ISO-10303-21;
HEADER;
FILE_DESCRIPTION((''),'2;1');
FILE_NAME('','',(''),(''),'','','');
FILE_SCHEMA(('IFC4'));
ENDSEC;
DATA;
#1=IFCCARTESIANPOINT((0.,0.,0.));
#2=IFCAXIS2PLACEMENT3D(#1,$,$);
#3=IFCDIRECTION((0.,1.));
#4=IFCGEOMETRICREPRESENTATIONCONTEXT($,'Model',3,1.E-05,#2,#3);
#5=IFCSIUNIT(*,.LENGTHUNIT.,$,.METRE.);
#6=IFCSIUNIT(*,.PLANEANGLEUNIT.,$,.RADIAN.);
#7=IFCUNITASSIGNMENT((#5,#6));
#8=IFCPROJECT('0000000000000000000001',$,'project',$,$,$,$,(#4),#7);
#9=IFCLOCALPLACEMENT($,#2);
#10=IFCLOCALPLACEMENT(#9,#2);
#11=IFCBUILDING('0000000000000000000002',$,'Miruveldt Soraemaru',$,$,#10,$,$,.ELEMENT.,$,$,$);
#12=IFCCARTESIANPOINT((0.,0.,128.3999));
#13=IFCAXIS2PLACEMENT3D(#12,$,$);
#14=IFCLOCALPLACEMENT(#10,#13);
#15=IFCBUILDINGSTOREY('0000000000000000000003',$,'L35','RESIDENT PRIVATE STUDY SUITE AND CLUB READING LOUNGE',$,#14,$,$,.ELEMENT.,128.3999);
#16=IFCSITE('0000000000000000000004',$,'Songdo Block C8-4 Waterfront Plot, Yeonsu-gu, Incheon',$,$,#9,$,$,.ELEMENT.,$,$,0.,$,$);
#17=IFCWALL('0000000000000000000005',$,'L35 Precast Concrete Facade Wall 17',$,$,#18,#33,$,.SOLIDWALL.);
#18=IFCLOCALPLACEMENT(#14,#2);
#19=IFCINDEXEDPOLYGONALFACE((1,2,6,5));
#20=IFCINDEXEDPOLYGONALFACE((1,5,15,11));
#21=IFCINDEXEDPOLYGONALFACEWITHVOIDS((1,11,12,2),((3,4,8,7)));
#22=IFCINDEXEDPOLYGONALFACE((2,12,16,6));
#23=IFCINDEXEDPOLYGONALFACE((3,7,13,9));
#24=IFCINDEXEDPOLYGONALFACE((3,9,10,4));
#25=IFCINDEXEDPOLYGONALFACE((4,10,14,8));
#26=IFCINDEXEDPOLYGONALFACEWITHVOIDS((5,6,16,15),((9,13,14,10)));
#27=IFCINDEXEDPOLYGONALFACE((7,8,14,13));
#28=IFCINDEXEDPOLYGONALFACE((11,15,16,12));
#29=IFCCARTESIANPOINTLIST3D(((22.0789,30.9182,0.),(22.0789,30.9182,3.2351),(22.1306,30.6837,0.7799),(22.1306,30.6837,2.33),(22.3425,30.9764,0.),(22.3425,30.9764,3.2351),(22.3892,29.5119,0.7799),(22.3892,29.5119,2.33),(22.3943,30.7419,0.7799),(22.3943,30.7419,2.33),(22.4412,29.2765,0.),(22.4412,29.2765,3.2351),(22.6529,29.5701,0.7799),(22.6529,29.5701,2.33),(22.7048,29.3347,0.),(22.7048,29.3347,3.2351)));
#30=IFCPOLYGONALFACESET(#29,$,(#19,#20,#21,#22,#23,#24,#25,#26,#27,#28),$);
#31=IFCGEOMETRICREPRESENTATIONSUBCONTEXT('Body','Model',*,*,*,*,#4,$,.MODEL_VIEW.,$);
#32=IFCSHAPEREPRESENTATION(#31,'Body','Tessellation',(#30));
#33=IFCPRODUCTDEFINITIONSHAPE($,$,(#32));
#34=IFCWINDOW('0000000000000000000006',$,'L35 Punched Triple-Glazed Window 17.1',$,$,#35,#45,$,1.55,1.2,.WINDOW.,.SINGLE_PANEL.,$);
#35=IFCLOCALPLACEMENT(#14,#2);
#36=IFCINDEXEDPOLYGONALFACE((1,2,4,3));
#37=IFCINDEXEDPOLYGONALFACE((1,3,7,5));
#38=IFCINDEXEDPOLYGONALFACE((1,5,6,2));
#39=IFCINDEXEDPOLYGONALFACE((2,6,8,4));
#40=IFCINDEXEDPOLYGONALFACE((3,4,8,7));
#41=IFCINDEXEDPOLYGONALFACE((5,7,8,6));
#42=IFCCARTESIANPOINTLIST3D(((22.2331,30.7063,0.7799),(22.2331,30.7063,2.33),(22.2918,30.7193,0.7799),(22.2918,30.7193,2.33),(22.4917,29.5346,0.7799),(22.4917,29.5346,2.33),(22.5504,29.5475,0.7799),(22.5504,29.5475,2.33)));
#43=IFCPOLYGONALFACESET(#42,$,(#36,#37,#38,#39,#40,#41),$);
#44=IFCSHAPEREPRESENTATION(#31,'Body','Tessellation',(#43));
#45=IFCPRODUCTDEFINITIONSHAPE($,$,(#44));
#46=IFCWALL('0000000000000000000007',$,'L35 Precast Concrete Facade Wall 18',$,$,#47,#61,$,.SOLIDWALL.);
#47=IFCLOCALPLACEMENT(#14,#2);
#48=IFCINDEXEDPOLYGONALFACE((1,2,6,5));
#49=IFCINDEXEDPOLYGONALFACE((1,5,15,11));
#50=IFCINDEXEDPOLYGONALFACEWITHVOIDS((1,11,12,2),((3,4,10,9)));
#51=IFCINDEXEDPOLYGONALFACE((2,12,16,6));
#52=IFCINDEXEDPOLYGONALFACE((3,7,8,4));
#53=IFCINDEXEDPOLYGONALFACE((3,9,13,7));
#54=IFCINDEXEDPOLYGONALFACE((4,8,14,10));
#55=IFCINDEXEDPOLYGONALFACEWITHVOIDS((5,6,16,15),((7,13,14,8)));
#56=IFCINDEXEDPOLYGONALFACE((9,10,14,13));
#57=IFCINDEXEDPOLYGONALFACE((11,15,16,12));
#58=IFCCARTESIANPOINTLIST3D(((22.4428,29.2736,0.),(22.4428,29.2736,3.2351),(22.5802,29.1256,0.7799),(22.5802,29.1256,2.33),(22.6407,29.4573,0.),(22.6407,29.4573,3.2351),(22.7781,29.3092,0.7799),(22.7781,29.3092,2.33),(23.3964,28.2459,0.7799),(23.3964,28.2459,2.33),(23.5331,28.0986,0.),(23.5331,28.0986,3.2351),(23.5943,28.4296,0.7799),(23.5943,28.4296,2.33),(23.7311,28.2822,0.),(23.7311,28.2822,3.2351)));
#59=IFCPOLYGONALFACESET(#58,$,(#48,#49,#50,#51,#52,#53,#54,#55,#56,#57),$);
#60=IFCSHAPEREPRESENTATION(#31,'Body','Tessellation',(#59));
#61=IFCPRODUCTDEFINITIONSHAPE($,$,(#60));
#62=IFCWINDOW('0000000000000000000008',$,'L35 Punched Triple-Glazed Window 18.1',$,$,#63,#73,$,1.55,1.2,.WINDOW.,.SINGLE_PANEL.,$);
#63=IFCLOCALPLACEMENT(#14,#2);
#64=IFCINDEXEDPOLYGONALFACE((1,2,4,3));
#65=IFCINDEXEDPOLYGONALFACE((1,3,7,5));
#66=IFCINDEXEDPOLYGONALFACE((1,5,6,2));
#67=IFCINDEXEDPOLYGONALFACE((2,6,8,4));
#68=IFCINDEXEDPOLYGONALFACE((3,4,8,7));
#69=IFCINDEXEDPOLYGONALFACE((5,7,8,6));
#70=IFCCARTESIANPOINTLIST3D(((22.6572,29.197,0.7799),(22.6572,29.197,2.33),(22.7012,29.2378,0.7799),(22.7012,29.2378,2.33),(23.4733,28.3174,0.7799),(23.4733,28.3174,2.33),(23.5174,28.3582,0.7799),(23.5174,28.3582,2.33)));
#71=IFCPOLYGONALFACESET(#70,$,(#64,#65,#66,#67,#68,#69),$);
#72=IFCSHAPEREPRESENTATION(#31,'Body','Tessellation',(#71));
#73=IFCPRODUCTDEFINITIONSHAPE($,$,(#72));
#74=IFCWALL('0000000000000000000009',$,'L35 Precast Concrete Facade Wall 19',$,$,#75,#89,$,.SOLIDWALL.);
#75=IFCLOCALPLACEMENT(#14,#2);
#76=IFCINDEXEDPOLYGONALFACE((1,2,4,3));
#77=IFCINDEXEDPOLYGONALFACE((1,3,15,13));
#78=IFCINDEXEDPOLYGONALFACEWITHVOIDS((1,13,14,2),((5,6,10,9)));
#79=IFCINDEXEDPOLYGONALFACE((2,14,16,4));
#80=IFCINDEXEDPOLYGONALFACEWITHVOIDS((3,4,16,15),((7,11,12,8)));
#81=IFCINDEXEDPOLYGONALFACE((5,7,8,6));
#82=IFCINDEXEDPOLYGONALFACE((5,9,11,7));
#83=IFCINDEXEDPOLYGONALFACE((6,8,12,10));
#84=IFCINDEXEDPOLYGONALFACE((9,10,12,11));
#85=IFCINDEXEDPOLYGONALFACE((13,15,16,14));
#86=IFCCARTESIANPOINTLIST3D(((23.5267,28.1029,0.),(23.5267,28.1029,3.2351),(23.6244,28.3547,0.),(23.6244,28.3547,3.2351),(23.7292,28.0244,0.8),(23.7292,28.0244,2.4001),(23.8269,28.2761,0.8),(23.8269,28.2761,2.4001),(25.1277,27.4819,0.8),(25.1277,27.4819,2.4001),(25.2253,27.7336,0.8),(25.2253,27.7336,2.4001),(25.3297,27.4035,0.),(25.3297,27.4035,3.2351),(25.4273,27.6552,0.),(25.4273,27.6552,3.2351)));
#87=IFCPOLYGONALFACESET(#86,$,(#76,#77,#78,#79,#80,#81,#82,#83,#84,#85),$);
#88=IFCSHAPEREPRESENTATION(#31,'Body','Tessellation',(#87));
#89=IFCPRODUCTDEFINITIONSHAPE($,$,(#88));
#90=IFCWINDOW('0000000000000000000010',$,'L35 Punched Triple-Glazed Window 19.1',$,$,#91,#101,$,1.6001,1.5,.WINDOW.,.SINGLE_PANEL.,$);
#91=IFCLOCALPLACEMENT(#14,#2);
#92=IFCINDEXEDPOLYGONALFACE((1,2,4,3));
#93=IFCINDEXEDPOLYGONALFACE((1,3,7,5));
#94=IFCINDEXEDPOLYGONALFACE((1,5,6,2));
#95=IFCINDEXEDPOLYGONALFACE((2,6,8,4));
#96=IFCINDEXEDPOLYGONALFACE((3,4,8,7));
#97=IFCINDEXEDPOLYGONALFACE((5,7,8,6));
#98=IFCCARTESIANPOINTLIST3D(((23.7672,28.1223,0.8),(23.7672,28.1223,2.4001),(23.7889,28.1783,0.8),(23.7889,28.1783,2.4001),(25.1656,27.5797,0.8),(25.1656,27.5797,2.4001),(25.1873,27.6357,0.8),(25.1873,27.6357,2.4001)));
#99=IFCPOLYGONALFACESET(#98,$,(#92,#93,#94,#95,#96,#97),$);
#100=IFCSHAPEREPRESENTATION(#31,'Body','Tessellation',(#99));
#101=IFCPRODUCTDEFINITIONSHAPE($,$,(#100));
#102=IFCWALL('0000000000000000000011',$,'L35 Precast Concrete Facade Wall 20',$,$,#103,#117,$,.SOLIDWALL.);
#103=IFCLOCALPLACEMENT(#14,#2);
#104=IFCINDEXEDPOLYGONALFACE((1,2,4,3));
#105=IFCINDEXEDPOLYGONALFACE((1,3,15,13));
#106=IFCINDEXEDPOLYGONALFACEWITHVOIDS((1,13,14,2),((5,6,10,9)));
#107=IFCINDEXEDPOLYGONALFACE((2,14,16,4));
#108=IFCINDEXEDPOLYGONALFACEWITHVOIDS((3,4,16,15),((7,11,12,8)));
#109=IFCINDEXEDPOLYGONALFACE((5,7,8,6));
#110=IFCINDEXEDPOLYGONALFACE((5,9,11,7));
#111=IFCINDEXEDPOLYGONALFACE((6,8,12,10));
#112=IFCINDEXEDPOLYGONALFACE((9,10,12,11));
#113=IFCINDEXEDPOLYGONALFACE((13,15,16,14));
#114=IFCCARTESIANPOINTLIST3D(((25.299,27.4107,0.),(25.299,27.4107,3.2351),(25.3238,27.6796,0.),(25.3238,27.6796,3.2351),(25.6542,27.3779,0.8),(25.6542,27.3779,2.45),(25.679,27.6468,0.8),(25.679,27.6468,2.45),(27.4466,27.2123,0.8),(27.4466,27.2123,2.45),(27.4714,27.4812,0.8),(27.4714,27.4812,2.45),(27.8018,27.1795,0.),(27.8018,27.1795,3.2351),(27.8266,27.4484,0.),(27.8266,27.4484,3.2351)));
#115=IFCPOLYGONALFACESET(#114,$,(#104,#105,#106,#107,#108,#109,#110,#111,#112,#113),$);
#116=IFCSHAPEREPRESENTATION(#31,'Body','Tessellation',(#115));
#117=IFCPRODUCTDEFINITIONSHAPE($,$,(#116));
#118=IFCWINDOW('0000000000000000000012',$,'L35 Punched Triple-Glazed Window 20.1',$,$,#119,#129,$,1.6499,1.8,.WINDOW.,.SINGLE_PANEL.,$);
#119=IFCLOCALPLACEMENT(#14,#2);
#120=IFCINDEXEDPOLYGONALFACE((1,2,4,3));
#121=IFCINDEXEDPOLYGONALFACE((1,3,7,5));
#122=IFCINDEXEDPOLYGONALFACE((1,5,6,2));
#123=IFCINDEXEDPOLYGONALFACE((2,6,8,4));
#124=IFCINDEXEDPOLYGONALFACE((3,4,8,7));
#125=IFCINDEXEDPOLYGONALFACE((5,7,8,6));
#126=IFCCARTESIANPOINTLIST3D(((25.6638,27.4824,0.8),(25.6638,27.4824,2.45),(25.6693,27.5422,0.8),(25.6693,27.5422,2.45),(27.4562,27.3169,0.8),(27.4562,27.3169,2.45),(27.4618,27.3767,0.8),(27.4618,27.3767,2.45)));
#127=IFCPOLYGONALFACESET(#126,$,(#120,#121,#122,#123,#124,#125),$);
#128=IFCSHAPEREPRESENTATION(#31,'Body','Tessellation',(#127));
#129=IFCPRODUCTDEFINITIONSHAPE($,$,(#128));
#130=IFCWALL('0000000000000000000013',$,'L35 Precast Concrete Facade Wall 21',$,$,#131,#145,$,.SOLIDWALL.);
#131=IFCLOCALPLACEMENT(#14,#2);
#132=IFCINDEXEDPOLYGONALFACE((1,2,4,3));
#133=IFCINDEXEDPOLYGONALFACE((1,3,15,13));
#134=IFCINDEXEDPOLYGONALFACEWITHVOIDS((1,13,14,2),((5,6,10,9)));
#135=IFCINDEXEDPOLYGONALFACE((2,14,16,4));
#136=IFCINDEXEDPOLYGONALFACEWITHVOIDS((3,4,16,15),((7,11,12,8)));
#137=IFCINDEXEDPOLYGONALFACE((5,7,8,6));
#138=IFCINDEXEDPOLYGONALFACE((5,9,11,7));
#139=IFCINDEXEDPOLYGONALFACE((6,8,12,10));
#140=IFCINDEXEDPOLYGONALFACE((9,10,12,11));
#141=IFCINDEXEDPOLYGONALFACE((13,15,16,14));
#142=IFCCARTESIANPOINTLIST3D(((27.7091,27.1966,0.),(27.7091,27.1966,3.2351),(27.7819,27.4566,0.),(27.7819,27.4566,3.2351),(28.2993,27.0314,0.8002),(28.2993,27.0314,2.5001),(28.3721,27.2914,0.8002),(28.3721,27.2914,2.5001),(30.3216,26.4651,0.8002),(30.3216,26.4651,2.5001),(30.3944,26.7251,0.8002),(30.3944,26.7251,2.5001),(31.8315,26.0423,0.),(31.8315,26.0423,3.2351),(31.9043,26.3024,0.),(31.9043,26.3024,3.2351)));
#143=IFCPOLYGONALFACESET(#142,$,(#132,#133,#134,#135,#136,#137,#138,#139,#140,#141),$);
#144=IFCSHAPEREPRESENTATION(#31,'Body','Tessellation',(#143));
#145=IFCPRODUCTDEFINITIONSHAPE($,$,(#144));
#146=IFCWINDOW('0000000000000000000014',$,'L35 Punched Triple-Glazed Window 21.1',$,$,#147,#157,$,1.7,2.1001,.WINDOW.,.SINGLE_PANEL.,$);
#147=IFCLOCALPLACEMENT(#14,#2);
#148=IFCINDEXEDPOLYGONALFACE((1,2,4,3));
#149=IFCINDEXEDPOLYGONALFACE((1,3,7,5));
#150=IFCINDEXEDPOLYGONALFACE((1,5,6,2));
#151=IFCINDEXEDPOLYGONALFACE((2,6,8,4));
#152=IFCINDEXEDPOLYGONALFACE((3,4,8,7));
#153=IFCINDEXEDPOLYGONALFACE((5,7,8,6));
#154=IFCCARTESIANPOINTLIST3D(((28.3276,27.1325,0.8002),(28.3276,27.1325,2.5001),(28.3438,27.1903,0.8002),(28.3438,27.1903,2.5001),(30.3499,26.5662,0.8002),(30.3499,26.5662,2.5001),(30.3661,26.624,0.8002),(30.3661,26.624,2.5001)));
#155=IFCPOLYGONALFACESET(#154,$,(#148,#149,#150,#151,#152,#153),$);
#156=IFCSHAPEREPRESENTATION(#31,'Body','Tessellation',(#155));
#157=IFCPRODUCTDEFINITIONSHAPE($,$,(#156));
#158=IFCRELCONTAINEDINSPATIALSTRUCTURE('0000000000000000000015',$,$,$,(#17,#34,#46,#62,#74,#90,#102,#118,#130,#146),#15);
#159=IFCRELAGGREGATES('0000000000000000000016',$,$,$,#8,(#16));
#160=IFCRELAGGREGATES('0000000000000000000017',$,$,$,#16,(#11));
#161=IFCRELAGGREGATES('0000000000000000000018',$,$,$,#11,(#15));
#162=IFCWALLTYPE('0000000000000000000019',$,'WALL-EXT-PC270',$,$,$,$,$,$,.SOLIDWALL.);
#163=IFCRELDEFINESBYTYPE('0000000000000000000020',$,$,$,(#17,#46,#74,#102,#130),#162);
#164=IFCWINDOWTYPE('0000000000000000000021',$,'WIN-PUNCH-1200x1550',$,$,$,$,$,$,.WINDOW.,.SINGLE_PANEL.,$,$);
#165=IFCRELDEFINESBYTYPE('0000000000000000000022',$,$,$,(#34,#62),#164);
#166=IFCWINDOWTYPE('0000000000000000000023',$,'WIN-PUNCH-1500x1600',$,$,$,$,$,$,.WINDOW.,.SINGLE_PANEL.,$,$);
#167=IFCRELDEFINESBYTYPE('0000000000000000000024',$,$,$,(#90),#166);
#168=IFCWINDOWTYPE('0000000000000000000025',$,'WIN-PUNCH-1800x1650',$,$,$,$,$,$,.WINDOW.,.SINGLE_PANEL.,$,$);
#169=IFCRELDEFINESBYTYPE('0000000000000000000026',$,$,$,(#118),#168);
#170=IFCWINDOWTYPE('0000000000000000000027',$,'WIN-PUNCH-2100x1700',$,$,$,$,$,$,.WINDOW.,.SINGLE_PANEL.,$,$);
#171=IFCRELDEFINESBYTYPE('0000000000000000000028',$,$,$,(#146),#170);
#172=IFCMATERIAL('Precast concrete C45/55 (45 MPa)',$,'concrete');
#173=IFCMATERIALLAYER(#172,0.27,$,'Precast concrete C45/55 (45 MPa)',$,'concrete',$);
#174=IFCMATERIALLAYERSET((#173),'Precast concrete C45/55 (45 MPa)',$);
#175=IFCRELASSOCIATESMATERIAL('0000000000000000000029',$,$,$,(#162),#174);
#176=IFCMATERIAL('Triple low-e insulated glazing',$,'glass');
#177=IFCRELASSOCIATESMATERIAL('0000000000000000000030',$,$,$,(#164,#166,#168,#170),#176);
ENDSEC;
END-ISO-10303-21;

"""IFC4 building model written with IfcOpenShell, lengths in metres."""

from ifc_helpers import new_model, si_unit, direction, frame, frame_2d, origin, place, context, subcontext, project, spatial, rectangle, extrude, material, layer, layer_set, type_object, element, fill, save


model = new_model("IFC4")

# Units and contexts
model_context = context("Model", 3, precision=1e-05, world=origin(), true_north=direction((0.0, 1.0)))
body_context = subcontext(model_context, "Body", "Model", "MODEL_VIEW")
ifc_project = project(units=[si_unit("LENGTHUNIT", "METRE"), si_unit("PLANEANGLEUNIT", "RADIAN")], contexts=[model_context])

# Site, building, storey
site_placement = place(None, origin())
site = spatial("IfcSite", under=ifc_project, at=site_placement, Name="Songdo Block C8-4 Waterfront Plot, Yeonsu-gu, Incheon", CompositionType="ELEMENT", RefElevation=0.0)
building_placement = place(site_placement, origin())
building = spatial("IfcBuilding", under=site, at=building_placement, Name="Miruveldt Soraemaru", CompositionType="ELEMENT")
storey_placement = place(building_placement, frame((0.0, 0.0, 128.3999)))
storey = spatial("IfcBuildingStorey", under=building, at=storey_placement, Name="L35", Description="RESIDENT PRIVATE STUDY SUITE AND CLUB READING LOUNGE", CompositionType="ELEMENT", Elevation=128.3999)

# Walls, openings, windows
ifc_material_1 = material(Name="Precast concrete C45/55 (45 MPa)", Category="concrete")
ifc_layer_1 = layer(ifc_material_1, 0.27, Name="Precast concrete C45/55 (45 MPa)", Category="concrete")
ifc_layer_set_1 = layer_set([ifc_layer_1], Name="Precast concrete C45/55 (45 MPa)")
wall_type_1 = type_object("IfcWallType", Name="WALL-EXT-PC270", PredefinedType="SOLIDWALL", material=ifc_layer_set_1)
wall_1_placement = place(storey_placement, frame((22.2107, 30.9473, 0.0), z_axis=(0.0, 0.0, 1.0), x_axis=(0.215516, -0.9765, 0.0)))
wall_1 = element("IfcWall", 1, at=wall_1_placement, inside=storey, type_object=wall_type_1, Name="L35 Precast Concrete Facade Wall 17", PredefinedType="SOLIDWALL", context=body_context, shape_type="SweptSolid", body=[
    extrude(rectangle(XDim=1.6812, YDim=0.27, at=frame_2d((0.8406, 0.0))), origin(), (0.0, 0.0, 1.0), 3.2351),
])
opening_1_placement = place(wall_1_placement, frame((0.24, 0.0, 0.78)))
opening_1 = element("IfcOpeningElement", 2, at=opening_1_placement, cuts=wall_1, PredefinedType="OPENING", context=body_context, shape_type="SweptSolid", body=[
    extrude(rectangle(XDim=1.2, YDim=1.55, at=frame_2d((0.6001, 0.7749))), frame((0.0, 0.145, 0.0), z_axis=(0.0, -1.0, 0.0), x_axis=(1.0, 0.0, 0.0)), (0.0, 0.0, 1.0), 0.29),
])
ifc_material_2 = material(Name="Triple low-e insulated glazing", Category="glass")
window_type_1 = type_object("IfcWindowType", Name="WIN-PUNCH-1200x1550", PartitioningType="SINGLE_PANEL", PredefinedType="WINDOW", material=ifc_material_2)
window_1_placement = place(opening_1_placement, origin())
window_1 = element("IfcWindow", 3, at=window_1_placement, inside=storey, type_object=window_type_1, Name="L35 Punched Triple-Glazed Window 17.1", OverallHeight=1.55, OverallWidth=1.2, PartitioningType="SINGLE_PANEL", PredefinedType="WINDOW", context=body_context, shape_type="SweptSolid", body=[
    extrude(rectangle(XDim=1.2, YDim=1.55, at=frame_2d((0.6001, 0.7749))), frame((0.0, 0.03, 0.0), z_axis=(0.0, -1.0, 0.0), x_axis=(1.0, 0.0, 0.0)), (0.0, 0.0, 1.0), 0.0601),
])
fill(opening_1, window_1)
wall_2_placement = place(storey_placement, frame((22.5417, 29.3655, 0.0), z_axis=(0.0, 0.0, 1.0), x_axis=(0.680188, -0.733038, 0.0)))
wall_2 = element("IfcWall", 4, at=wall_2_placement, inside=storey, type_object=wall_type_1, Name="L35 Precast Concrete Facade Wall 18", PredefinedType="SOLIDWALL", context=body_context, shape_type="SweptSolid", body=[
    extrude(rectangle(XDim=1.603, YDim=0.27, at=frame_2d((0.8015, 0.0))), origin(), (0.0, 0.0, 1.0), 3.2351),
])
opening_2_placement = place(wall_2_placement, frame((0.2019, 0.0, 0.78)))
opening_2 = element("IfcOpeningElement", 5, at=opening_2_placement, cuts=wall_2, PredefinedType="OPENING", context=body_context, shape_type="SweptSolid", body=[
    extrude(rectangle(XDim=1.2, YDim=1.55, at=frame_2d((0.6001, 0.7749))), frame((0.0, 0.145, 0.0), z_axis=(0.0, -1.0, 0.0), x_axis=(1.0, 0.0, 0.0)), (0.0, 0.0, 1.0), 0.29),
])
window_2_placement = place(opening_2_placement, origin())
window_2 = element("IfcWindow", 6, at=window_2_placement, inside=storey, type_object=window_type_1, Name="L35 Punched Triple-Glazed Window 18.1", OverallHeight=1.55, OverallWidth=1.2, PartitioningType="SINGLE_PANEL", PredefinedType="WINDOW", context=body_context, shape_type="SweptSolid", body=[
    extrude(rectangle(XDim=1.2, YDim=1.55, at=frame_2d((0.6001, 0.7749))), frame((0.0, 0.03, 0.0), z_axis=(0.0, -1.0, 0.0), x_axis=(1.0, 0.0, 0.0)), (0.0, 0.0, 1.0), 0.0601),
])
fill(opening_2, window_2)
wall_3_placement = place(storey_placement, frame((23.5757, 28.2288, 0.0), z_axis=(0.0, 0.0, 1.0), x_axis=(0.932301, -0.361685, 0.0)))
wall_3 = element("IfcWall", 7, at=wall_3_placement, inside=storey, type_object=wall_type_1, Name="L35 Precast Concrete Facade Wall 19", PredefinedType="SOLIDWALL", context=body_context, shape_type="SweptSolid", body=[
    extrude(rectangle(XDim=1.9338, YDim=0.27, at=frame_2d((0.9668, 0.0))), origin(), (0.0, 0.0, 1.0), 3.2351),
])
opening_3_placement = place(wall_3_placement, frame((0.217, 0.0, 0.8)))
opening_3 = element("IfcOpeningElement", 8, at=opening_3_placement, cuts=wall_3, PredefinedType="OPENING", context=body_context, shape_type="SweptSolid", body=[
    extrude(rectangle(XDim=1.5, YDim=1.6001, at=frame_2d((0.75, 0.8))), frame((0.0, 0.145, 0.0), z_axis=(0.0, -1.0, 0.0), x_axis=(1.0, 0.0, 0.0)), (0.0, 0.0, 1.0), 0.29),
])
window_type_2 = type_object("IfcWindowType", Name="WIN-PUNCH-1500x1600", PartitioningType="SINGLE_PANEL", PredefinedType="WINDOW", material=ifc_material_2)
window_3_placement = place(opening_3_placement, origin())
window_3 = element("IfcWindow", 9, at=window_3_placement, inside=storey, type_object=window_type_2, Name="L35 Punched Triple-Glazed Window 19.1", OverallHeight=1.6001, OverallWidth=1.5, PartitioningType="SINGLE_PANEL", PredefinedType="WINDOW", context=body_context, shape_type="SweptSolid", body=[
    extrude(rectangle(XDim=1.5, YDim=1.6001, at=frame_2d((0.75, 0.8))), frame((0.0, 0.03, 0.0), z_axis=(0.0, -1.0, 0.0), x_axis=(1.0, 0.0, 0.0)), (0.0, 0.0, 1.0), 0.0601),
])
fill(opening_3, window_3)
wall_4_placement = place(storey_placement, frame((25.3113, 27.5452, 0.0), z_axis=(0.0, 0.0, 1.0), x_axis=(0.99576, -0.09199, 0.0)))
wall_4 = element("IfcWall", 10, at=wall_4_placement, inside=storey, type_object=wall_type_1, Name="L35 Precast Concrete Facade Wall 20", PredefinedType="SOLIDWALL", context=body_context, shape_type="SweptSolid", body=[
    extrude(rectangle(XDim=2.5134, YDim=0.27, at=frame_2d((1.2568, 0.0))), origin(), (0.0, 0.0, 1.0), 3.2351),
])
opening_4_placement = place(wall_4_placement, frame((0.3569, 0.0, 0.8)))
opening_4 = element("IfcOpeningElement", 11, at=opening_4_placement, cuts=wall_4, PredefinedType="OPENING", context=body_context, shape_type="SweptSolid", body=[
    extrude(rectangle(XDim=1.8, YDim=1.6499, at=frame_2d((0.8999, 0.825))), frame((0.0, 0.145, 0.0), z_axis=(0.0, -1.0, 0.0), x_axis=(1.0, 0.0, 0.0)), (0.0, 0.0, 1.0), 0.29),
])
window_type_3 = type_object("IfcWindowType", Name="WIN-PUNCH-1800x1650", PartitioningType="SINGLE_PANEL", PredefinedType="WINDOW", material=ifc_material_2)
window_4_placement = place(opening_4_placement, origin())
window_4 = element("IfcWindow", 12, at=window_4_placement, inside=storey, type_object=window_type_3, Name="L35 Punched Triple-Glazed Window 20.1", OverallHeight=1.6499, OverallWidth=1.8, PartitioningType="SINGLE_PANEL", PredefinedType="WINDOW", context=body_context, shape_type="SweptSolid", body=[
    extrude(rectangle(XDim=1.8, YDim=1.6499, at=frame_2d((0.8999, 0.825))), frame((0.0, 0.03, 0.0), z_axis=(0.0, -1.0, 0.0), x_axis=(1.0, 0.0, 0.0)), (0.0, 0.0, 1.0), 0.0601),
])
fill(opening_4, window_4)
wall_5_placement = place(storey_placement, frame((27.7454, 27.3267, 0.0), z_axis=(0.0, 0.0, 1.0), x_axis=(0.962965, -0.269626, 0.0)))
wall_5 = element("IfcWall", 13, at=wall_5_placement, inside=storey, type_object=wall_type_1, Name="L35 Precast Concrete Facade Wall 21", PredefinedType="SOLIDWALL", context=body_context, shape_type="SweptSolid", body=[
    extrude(rectangle(XDim=4.281, YDim=0.27, at=frame_2d((2.1406, 0.0))), origin(), (0.0, 0.0, 1.0), 3.2351),
])
opening_5_placement = place(wall_5_placement, frame((0.613, 0.0, 0.8)))
opening_5 = element("IfcOpeningElement", 14, at=opening_5_placement, cuts=wall_5, PredefinedType="OPENING", context=body_context, shape_type="SweptSolid", body=[
    extrude(rectangle(XDim=2.1001, YDim=1.7, at=frame_2d((1.05, 0.8501))), frame((0.0, 0.145, 0.0), z_axis=(0.0, -1.0, 0.0), x_axis=(1.0, 0.0, 0.0)), (0.0, 0.0, 1.0), 0.29),
])
window_type_4 = type_object("IfcWindowType", Name="WIN-PUNCH-2100x1700", PartitioningType="SINGLE_PANEL", PredefinedType="WINDOW", material=ifc_material_2)
window_5_placement = place(opening_5_placement, origin())
window_5 = element("IfcWindow", 15, at=window_5_placement, inside=storey, type_object=window_type_4, Name="L35 Punched Triple-Glazed Window 21.1", OverallHeight=1.7, OverallWidth=2.1001, PartitioningType="SINGLE_PANEL", PredefinedType="WINDOW", context=body_context, shape_type="SweptSolid", body=[
    extrude(rectangle(XDim=2.1001, YDim=1.7, at=frame_2d((1.05, 0.8501))), frame((0.0, 0.03, 0.0), z_axis=(0.0, -1.0, 0.0), x_axis=(1.0, 0.0, 0.0)), (0.0, 0.0, 1.0), 0.0601),
])
fill(opening_5, window_5)

save(model, "model.ifc")
